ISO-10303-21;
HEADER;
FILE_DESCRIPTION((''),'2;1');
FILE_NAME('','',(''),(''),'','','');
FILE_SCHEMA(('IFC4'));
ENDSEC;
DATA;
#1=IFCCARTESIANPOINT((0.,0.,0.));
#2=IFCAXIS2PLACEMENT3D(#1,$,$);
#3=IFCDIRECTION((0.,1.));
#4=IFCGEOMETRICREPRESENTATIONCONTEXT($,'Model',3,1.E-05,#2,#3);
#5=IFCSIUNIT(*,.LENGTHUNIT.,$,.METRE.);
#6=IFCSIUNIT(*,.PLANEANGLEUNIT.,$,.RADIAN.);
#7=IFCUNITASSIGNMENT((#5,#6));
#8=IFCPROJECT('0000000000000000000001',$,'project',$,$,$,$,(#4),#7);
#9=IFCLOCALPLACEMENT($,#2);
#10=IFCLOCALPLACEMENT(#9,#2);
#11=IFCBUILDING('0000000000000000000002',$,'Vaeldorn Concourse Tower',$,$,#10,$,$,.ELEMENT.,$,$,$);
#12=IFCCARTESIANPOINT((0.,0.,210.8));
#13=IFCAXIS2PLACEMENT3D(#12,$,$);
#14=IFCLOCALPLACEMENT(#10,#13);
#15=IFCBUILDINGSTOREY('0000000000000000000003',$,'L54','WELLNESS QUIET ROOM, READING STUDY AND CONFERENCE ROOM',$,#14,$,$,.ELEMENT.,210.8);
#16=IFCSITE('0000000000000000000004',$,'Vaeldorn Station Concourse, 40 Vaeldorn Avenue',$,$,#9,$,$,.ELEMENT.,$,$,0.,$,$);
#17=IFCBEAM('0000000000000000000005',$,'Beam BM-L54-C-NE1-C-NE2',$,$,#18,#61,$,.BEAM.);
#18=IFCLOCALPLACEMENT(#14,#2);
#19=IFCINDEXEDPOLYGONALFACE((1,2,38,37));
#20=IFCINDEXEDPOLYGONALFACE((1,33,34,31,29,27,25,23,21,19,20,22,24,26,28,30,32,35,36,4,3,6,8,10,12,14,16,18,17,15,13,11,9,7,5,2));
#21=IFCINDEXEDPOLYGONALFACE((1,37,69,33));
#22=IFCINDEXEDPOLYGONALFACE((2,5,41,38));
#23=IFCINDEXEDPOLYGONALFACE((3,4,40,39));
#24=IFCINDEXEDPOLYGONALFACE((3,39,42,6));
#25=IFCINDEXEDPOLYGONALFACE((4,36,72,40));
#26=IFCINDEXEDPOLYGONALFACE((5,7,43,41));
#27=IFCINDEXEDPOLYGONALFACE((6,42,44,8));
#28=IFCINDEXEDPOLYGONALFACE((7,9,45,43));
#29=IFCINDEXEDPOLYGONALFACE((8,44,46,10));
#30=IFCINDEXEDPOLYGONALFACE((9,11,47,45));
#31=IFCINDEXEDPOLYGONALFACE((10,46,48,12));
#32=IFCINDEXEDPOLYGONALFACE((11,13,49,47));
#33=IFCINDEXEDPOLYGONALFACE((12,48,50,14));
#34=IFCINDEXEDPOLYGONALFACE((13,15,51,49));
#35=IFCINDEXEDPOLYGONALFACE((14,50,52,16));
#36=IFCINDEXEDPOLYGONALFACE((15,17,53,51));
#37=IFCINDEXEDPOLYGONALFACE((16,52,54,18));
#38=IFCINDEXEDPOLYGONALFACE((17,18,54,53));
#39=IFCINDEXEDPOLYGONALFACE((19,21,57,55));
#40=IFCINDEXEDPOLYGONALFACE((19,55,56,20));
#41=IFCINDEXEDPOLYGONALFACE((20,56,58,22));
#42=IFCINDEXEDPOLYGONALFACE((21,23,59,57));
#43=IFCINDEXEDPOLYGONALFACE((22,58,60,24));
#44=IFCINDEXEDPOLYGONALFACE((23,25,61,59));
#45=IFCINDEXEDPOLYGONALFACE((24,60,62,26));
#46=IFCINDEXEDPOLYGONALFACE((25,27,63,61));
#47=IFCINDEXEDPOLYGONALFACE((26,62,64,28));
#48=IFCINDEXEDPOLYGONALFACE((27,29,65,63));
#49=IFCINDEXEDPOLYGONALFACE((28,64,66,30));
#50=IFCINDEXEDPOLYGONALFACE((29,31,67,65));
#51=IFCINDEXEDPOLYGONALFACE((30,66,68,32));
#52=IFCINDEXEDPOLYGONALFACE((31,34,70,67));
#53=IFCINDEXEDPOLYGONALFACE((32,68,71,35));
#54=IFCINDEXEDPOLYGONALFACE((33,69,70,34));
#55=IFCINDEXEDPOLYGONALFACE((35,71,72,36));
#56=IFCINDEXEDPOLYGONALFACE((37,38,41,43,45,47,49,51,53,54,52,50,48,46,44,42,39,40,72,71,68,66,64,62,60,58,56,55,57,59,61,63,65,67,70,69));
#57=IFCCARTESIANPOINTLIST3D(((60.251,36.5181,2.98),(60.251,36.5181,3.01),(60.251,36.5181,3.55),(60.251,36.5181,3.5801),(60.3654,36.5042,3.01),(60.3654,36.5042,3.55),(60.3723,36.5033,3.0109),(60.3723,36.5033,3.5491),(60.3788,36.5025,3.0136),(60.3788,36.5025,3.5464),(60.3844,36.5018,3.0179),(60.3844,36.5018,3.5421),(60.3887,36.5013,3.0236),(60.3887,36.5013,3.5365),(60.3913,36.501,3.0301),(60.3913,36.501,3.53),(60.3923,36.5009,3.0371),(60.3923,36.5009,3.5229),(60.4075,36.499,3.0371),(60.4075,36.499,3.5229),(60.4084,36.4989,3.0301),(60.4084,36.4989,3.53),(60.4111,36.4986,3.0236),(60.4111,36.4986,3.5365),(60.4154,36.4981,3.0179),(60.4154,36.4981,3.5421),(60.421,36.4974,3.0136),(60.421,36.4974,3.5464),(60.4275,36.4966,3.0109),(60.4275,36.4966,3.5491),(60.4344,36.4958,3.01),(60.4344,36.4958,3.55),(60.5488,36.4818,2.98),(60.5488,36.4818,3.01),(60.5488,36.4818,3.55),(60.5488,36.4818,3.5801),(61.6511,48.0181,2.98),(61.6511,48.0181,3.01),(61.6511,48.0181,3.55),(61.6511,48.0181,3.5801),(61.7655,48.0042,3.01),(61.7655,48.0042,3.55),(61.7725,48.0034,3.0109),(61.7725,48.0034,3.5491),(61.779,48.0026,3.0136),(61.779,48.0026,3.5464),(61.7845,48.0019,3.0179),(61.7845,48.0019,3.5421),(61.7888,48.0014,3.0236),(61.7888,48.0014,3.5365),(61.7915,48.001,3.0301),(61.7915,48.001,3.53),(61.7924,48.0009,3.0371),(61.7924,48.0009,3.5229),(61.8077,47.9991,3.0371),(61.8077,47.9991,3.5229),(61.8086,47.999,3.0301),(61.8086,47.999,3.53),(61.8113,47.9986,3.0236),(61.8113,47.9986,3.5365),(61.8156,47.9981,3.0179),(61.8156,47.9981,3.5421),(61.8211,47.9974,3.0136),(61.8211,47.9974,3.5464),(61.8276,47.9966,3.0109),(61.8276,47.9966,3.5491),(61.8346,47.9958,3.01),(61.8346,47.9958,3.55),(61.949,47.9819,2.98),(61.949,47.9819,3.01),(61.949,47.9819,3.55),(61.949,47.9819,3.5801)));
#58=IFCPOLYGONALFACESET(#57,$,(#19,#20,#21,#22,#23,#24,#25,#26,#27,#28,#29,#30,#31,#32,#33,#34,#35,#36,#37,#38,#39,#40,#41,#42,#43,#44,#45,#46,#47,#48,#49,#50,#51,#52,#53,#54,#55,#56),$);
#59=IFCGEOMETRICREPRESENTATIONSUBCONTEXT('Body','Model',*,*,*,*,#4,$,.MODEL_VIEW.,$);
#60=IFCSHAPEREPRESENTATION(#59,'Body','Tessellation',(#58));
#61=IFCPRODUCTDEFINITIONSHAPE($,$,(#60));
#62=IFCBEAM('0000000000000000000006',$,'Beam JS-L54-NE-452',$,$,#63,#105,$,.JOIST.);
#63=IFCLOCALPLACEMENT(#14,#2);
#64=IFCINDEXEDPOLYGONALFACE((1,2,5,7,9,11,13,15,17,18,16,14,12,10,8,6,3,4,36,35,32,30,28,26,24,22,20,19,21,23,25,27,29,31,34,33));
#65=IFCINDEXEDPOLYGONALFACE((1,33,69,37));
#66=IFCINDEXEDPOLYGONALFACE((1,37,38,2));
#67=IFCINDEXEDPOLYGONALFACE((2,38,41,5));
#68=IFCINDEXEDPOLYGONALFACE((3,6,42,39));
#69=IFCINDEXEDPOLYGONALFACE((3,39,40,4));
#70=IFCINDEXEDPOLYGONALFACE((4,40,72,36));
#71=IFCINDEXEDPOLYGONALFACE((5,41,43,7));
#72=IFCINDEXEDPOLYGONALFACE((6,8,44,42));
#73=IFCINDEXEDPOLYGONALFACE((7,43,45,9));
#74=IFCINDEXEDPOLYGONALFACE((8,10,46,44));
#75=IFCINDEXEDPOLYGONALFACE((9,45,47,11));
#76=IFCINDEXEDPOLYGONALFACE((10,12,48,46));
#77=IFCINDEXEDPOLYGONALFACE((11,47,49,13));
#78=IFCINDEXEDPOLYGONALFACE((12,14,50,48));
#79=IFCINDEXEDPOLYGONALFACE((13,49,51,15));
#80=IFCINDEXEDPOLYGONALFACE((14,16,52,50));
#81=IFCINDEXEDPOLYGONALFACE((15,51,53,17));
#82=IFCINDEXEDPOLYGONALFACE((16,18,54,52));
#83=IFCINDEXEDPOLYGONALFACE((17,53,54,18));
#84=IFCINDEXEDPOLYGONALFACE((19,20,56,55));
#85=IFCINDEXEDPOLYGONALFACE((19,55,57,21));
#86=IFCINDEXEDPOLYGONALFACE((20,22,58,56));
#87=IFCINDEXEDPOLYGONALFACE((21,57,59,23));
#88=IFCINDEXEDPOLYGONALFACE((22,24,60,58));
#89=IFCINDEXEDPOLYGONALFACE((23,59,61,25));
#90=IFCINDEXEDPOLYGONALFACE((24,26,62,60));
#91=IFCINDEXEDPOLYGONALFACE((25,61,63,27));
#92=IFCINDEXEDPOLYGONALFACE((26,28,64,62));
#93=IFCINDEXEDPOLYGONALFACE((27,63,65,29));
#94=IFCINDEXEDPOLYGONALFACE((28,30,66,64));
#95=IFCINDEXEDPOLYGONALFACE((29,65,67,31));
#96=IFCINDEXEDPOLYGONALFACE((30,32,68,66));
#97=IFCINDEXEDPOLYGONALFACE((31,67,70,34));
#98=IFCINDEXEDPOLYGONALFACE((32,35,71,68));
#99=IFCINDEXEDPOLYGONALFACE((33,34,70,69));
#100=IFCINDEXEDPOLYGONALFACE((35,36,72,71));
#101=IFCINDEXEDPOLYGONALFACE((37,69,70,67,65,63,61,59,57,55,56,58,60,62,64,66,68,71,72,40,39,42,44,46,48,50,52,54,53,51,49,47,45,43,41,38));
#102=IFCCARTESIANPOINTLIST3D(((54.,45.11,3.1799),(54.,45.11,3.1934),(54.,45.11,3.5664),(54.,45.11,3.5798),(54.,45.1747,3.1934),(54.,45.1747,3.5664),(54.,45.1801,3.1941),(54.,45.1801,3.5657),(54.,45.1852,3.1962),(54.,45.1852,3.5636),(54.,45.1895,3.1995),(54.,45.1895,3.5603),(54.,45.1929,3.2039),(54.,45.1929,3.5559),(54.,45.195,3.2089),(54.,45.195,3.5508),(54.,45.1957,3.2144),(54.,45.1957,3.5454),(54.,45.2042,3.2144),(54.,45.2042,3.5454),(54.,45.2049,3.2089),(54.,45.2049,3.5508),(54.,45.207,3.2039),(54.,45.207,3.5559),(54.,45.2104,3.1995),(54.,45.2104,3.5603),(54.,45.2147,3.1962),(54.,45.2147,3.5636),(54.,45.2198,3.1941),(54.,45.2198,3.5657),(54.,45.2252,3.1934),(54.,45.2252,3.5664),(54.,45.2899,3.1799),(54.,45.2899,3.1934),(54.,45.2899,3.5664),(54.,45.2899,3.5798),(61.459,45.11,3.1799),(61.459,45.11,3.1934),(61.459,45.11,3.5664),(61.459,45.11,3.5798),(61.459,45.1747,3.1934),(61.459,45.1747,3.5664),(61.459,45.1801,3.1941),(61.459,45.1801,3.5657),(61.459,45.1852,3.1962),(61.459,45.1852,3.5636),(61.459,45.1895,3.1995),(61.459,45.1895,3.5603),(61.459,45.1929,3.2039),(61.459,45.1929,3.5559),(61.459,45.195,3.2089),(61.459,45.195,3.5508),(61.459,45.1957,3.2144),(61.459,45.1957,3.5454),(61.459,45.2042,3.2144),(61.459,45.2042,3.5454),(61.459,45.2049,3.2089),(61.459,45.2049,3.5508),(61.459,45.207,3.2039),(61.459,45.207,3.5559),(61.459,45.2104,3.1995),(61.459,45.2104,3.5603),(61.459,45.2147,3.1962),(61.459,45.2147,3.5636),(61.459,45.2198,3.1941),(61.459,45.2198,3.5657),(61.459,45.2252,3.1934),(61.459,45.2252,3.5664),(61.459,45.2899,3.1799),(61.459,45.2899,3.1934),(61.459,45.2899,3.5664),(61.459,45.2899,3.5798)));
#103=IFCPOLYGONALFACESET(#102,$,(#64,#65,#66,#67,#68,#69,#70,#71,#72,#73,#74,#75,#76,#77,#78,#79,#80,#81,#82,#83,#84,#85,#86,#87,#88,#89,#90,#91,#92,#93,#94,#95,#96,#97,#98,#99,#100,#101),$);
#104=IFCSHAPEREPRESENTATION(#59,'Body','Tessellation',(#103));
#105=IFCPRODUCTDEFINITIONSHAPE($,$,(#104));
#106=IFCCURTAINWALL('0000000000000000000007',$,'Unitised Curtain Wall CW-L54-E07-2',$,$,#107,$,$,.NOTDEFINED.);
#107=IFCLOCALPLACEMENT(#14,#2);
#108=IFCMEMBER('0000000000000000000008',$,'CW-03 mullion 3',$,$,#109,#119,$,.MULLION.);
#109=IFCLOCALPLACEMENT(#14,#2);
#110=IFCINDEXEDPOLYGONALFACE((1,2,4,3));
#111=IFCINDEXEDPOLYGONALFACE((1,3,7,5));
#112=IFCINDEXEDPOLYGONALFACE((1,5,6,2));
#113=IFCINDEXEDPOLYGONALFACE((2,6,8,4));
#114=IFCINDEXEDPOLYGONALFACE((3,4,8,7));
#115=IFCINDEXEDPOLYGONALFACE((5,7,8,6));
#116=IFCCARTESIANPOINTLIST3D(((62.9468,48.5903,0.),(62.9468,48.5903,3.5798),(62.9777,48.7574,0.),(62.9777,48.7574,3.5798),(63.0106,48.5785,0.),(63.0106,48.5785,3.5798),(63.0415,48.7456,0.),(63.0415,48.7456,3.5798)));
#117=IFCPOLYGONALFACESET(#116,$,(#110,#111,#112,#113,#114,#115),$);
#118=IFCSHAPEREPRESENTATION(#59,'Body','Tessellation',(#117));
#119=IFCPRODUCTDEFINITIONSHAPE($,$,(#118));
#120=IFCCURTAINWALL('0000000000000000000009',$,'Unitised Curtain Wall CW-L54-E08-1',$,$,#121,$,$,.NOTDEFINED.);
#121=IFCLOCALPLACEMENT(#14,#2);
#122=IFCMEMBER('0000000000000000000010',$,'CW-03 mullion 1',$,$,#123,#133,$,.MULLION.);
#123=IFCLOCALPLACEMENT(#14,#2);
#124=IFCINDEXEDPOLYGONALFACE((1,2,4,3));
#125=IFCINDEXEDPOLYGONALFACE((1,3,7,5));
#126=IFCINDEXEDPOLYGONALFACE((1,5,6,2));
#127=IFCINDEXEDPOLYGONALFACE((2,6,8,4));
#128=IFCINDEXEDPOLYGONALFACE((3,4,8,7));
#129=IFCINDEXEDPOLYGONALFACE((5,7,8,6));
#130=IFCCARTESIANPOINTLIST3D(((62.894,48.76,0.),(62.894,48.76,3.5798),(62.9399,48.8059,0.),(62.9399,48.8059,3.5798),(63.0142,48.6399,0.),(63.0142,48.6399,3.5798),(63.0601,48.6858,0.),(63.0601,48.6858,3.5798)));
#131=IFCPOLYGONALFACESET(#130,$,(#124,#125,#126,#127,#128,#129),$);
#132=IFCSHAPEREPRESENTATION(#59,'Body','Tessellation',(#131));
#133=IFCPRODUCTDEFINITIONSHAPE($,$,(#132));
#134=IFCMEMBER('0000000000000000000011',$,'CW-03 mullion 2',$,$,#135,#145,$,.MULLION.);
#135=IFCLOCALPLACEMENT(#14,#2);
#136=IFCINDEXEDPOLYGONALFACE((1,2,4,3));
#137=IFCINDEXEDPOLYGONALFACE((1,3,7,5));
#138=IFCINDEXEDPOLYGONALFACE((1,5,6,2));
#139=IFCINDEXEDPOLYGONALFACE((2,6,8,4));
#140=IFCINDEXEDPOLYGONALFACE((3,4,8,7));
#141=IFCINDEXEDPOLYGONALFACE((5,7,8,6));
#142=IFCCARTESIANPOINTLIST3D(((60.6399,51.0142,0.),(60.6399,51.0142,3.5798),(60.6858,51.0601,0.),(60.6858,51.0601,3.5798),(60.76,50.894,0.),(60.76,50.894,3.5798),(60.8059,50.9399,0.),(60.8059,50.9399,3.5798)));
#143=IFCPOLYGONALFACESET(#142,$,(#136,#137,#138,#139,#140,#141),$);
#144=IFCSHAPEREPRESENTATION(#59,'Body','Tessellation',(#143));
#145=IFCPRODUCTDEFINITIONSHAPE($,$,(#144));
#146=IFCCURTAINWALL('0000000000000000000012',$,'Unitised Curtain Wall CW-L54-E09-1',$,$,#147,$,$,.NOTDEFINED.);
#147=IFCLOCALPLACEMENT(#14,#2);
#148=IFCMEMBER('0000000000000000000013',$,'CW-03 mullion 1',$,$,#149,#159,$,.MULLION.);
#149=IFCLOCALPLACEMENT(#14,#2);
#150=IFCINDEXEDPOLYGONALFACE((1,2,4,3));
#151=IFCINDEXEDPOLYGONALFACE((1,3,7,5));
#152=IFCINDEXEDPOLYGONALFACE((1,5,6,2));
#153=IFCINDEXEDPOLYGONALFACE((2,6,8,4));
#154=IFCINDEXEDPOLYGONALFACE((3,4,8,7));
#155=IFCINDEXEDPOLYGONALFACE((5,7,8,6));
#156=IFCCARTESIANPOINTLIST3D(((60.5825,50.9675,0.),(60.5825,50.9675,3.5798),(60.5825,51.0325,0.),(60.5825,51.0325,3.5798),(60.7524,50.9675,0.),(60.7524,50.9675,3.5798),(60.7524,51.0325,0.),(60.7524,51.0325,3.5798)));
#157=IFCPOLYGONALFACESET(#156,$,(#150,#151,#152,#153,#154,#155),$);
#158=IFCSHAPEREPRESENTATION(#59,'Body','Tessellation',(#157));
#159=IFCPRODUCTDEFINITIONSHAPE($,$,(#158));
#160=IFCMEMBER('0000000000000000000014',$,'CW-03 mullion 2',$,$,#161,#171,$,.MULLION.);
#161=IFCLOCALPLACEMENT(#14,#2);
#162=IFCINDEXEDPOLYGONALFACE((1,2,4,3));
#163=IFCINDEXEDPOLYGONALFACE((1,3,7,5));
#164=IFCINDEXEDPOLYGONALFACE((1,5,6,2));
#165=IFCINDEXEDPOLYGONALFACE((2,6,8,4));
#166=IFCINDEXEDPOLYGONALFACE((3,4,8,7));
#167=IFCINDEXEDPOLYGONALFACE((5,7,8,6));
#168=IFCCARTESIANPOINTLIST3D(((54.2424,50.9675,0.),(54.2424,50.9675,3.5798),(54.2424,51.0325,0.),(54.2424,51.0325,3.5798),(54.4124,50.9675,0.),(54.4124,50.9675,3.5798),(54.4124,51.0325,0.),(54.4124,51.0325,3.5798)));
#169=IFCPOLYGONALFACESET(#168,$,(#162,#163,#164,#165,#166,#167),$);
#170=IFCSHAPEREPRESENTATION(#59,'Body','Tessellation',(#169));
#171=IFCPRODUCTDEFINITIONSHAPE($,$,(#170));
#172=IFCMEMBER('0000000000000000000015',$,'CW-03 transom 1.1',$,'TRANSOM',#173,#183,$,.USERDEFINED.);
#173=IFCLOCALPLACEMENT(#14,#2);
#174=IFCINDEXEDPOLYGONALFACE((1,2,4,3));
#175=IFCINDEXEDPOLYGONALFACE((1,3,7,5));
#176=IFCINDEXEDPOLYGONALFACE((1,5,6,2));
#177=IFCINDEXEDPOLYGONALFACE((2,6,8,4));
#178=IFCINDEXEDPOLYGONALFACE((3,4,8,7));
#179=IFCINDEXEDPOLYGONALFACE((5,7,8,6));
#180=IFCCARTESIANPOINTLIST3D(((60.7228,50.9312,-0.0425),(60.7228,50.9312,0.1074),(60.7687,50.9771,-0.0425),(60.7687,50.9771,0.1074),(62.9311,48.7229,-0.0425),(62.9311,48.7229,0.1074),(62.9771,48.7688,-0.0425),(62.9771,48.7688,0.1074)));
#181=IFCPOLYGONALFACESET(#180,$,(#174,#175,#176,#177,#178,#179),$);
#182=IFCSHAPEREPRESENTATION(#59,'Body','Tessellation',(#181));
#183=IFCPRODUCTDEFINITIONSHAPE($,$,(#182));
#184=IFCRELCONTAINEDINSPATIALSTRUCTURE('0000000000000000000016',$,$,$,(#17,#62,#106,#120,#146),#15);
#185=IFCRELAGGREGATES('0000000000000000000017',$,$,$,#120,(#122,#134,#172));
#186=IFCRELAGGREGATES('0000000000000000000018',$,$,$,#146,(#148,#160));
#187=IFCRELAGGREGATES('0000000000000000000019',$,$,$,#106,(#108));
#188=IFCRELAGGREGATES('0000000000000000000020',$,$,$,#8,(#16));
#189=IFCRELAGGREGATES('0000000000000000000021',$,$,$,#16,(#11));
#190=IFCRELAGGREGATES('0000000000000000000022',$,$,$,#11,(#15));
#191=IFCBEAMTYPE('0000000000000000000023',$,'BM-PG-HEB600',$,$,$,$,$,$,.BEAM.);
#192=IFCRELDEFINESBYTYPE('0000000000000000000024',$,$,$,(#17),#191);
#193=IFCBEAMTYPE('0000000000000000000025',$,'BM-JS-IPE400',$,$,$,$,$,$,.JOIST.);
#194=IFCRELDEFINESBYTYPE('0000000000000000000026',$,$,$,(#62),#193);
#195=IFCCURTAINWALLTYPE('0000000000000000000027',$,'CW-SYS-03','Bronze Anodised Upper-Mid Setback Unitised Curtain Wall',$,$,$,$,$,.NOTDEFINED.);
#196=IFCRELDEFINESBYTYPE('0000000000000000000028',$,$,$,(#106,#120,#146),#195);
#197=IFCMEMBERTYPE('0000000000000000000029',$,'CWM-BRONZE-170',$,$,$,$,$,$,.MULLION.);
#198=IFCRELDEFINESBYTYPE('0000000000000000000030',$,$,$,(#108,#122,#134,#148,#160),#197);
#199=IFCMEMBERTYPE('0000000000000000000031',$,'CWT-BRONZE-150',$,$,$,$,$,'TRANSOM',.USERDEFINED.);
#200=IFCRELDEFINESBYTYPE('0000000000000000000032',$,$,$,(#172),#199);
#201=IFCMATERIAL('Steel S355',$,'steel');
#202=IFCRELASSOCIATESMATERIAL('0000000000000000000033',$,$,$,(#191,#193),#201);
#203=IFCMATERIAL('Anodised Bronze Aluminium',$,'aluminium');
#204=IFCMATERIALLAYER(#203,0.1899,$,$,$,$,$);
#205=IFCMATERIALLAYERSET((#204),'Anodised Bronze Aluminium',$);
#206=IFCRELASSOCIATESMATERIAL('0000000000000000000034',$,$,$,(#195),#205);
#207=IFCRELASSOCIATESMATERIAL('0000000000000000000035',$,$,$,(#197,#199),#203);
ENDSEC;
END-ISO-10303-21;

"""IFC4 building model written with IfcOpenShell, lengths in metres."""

from ifc_helpers import new_model, si_unit, direction, frame, origin, origin_2d, place, context, subcontext, project, spatial, rectangle, i_section, extrude, source, transform, mapped, material, layer, layer_set, material_profile, profile_set, type_object, element, aggregate, save


model = new_model("IFC4")

# Units and contexts
model_context = context("Model", 3, precision=1e-05, world=origin(), true_north=direction((0.0, 1.0)))
body_context = subcontext(model_context, "Body", "Model", "MODEL_VIEW")
ifc_project = project(units=[si_unit("LENGTHUNIT", "METRE"), si_unit("PLANEANGLEUNIT", "RADIAN")], contexts=[model_context])

# Site, building, storey
site_placement = place(None, origin())
site = spatial("IfcSite", under=ifc_project, at=site_placement, Name="Vaeldorn Station Concourse, 40 Vaeldorn Avenue", CompositionType="ELEMENT", RefElevation=0.0)
building_placement = place(site_placement, origin())
building = spatial("IfcBuilding", under=site, at=building_placement, Name="Vaeldorn Concourse Tower", CompositionType="ELEMENT")
storey_placement = place(building_placement, frame((0.0, 0.0, 210.8)))
storey = spatial("IfcBuildingStorey", under=building, at=storey_placement, Name="L54", Description="WELLNESS QUIET ROOM, READING STUDY AND CONFERENCE ROOM", CompositionType="ELEMENT", Elevation=210.8)

# Beams
ifc_material_1 = material(Name="Steel S355", Category="steel")
ifc_material_profile_1 = material_profile(ifc_material_1, i_section(OverallWidth=0.3, OverallDepth=0.6001, WebThickness=0.0154, FlangeThickness=0.03, FilletRadius=0.0271, at=origin_2d()), Name="HEB 600")
ifc_profile_set_1 = profile_set([ifc_material_profile_1], Name="Steel S355")
beam_type_1 = type_object("IfcBeamType", Name="BM-PG-HEB600", PredefinedType="BEAM", material=ifc_profile_set_1)
shared_shape_1 = source(origin(), body_context, "Body", "SweptSolid", [
    extrude(i_section(OverallWidth=0.3, OverallDepth=0.6001, WebThickness=0.0154, FlangeThickness=0.03, FilletRadius=0.0271, at=origin_2d()), origin(), (0.0, 0.0, 1.0), 11.585),
])
beam_1_placement = place(storey_placement, frame((61.8, 48.0, 3.28), z_axis=(-0.120859, -0.99267, 0.0), x_axis=(0.99267, -0.120859, 0.0)))
element("IfcBeam", 1, at=beam_1_placement, inside=storey, type_object=beam_type_1, Name="Beam BM-L54-C-NE1-C-NE2", PredefinedType="BEAM", context=body_context, shape_type="MappedRepresentation", body=[
    mapped(shared_shape_1, transform((0.0, 0.0, 0.0), scale=1.0)),
])
ifc_material_profile_2 = material_profile(ifc_material_1, i_section(OverallWidth=0.1799, OverallDepth=0.3999, WebThickness=0.0085, FlangeThickness=0.0134, FilletRadius=0.021, at=origin_2d()), Name="IPE 400")
ifc_profile_set_2 = profile_set([ifc_material_profile_2], Name="Steel S355")
beam_type_2 = type_object("IfcBeamType", Name="BM-JS-IPE400", PredefinedType="JOIST", material=ifc_profile_set_2)
shared_shape_2 = source(origin(), body_context, "Body", "SweptSolid", [
    extrude(i_section(OverallWidth=0.1799, OverallDepth=0.3999, WebThickness=0.0085, FlangeThickness=0.0134, FilletRadius=0.021, at=origin_2d()), origin(), (0.0, 0.0, 1.0), 7.459),
])
beam_2_placement = place(storey_placement, frame((54.0, 45.2, 3.3799), z_axis=(1.0, 0.0, 0.0), x_axis=(0.0, 1.0, 0.0)))
element("IfcBeam", 2, at=beam_2_placement, inside=storey, type_object=beam_type_2, Name="Beam JS-L54-NE-452", PredefinedType="JOIST", context=body_context, shape_type="MappedRepresentation", body=[
    mapped(shared_shape_2, transform((0.0, 0.0, 0.0), scale=1.0)),
])

# Curtain wall, member
ifc_material_2 = material(Name="Anodised Bronze Aluminium", Category="aluminium")
ifc_layer_1 = layer(ifc_material_2, 0.1899)
ifc_layer_set_1 = layer_set([ifc_layer_1], Name="Anodised Bronze Aluminium")
curtain_wall_type = type_object("IfcCurtainWallType", Name="CW-SYS-03", Description="Bronze Anodised Upper-Mid Setback Unitised Curtain Wall", PredefinedType="NOTDEFINED", material=ifc_layer_set_1)
curtain_wall_1_placement = place(storey_placement, origin())
curtain_wall_1 = element("IfcCurtainWall", 3, at=curtain_wall_1_placement, inside=storey, type_object=curtain_wall_type, Name="Unitised Curtain Wall CW-L54-E07-2", PredefinedType="NOTDEFINED")
ifc_material_profile_3 = material_profile(ifc_material_2, rectangle(XDim=0.0649, YDim=0.1699, at=origin_2d()), Name="CWM 65x170")
ifc_profile_set_3 = profile_set([ifc_material_profile_3], Name="Anodised Bronze Aluminium")
member_type_1 = type_object("IfcMemberType", Name="CWM-BRONZE-170", PredefinedType="MULLION", material=ifc_profile_set_3)
shared_shape_3 = source(origin(), body_context, "Body", "SweptSolid", [
    extrude(rectangle(XDim=0.0649, YDim=0.1699, at=origin_2d()), origin(), (0.0, 0.0, 1.0), 3.5798),
])
member_1_placement = place(storey_placement, frame((62.9941, 48.668, 0.0), z_axis=(0.0, 0.0, 1.0), x_axis=(-0.983319, 0.181888, 0.0)))
member_1 = element("IfcMember", 4, at=member_1_placement, type_object=member_type_1, Name="CW-03 mullion 3", PredefinedType="MULLION", context=body_context, shape_type="MappedRepresentation", body=[
    mapped(shared_shape_3, transform((0.0, 0.0, 0.0), scale=1.0)),
])

# Curtain walls, members
curtain_wall_2_placement = place(storey_placement, origin())
curtain_wall_2 = element("IfcCurtainWall", 5, at=curtain_wall_2_placement, inside=storey, type_object=curtain_wall_type, Name="Unitised Curtain Wall CW-L54-E08-1", PredefinedType="NOTDEFINED")
member_2_placement = place(storey_placement, frame((62.9771, 48.7229, 0.0), z_axis=(0.0, 0.0, 1.0), x_axis=(-0.707107, -0.707107, 0.0)))
member_2 = element("IfcMember", 6, at=member_2_placement, type_object=member_type_1, Name="CW-03 mullion 1", PredefinedType="MULLION", context=body_context, shape_type="MappedRepresentation", body=[
    mapped(shared_shape_3, transform((0.0, 0.0, 0.0), scale=1.0)),
])
member_3_placement = place(storey_placement, frame((60.7229, 50.9771, 0.0), z_axis=(0.0, 0.0, 1.0), x_axis=(-0.707107, -0.707107, 0.0)))
member_3 = element("IfcMember", 7, at=member_3_placement, type_object=member_type_1, Name="CW-03 mullion 2", PredefinedType="MULLION", context=body_context, shape_type="MappedRepresentation", body=[
    mapped(shared_shape_3, transform((0.0, 0.0, 0.0), scale=1.0)),
])
curtain_wall_3_placement = place(storey_placement, origin())
curtain_wall_3 = element("IfcCurtainWall", 8, at=curtain_wall_3_placement, inside=storey, type_object=curtain_wall_type, Name="Unitised Curtain Wall CW-L54-E09-1", PredefinedType="NOTDEFINED")
member_4_placement = place(storey_placement, frame((60.6675, 51.0, 0.0), z_axis=(0.0, 0.0, 1.0), x_axis=(0.0, -1.0, 0.0)))
member_4 = element("IfcMember", 9, at=member_4_placement, type_object=member_type_1, Name="CW-03 mullion 1", PredefinedType="MULLION", context=body_context, shape_type="MappedRepresentation", body=[
    mapped(shared_shape_3, transform((0.0, 0.0, 0.0), scale=1.0)),
])
member_5_placement = place(storey_placement, frame((54.3274, 51.0, 0.0), z_axis=(0.0, 0.0, 1.0), x_axis=(0.0, -1.0, 0.0)))
member_5 = element("IfcMember", 10, at=member_5_placement, type_object=member_type_1, Name="CW-03 mullion 2", PredefinedType="MULLION", context=body_context, shape_type="MappedRepresentation", body=[
    mapped(shared_shape_3, transform((0.0, 0.0, 0.0), scale=1.0)),
])

# Member
ifc_material_profile_4 = material_profile(ifc_material_2, rectangle(XDim=0.0649, YDim=0.1499, at=origin_2d()), Name="CWT 65x150")
ifc_profile_set_4 = profile_set([ifc_material_profile_4], Name="Anodised Bronze Aluminium")
member_type_2 = type_object("IfcMemberType", Name="CWT-BRONZE-150", ElementType="TRANSOM", PredefinedType="USERDEFINED", material=ifc_profile_set_4)
shared_shape_4 = source(origin(), body_context, "Body", "SweptSolid", [
    extrude(rectangle(XDim=0.0649, YDim=0.1499, at=origin_2d()), origin(), (0.0, 0.0, 1.0), 3.123),
])
member_6_placement = place(storey_placement, frame((62.9541, 48.7458, 0.0325), z_axis=(-0.707107, 0.707107, 0.0), x_axis=(-0.707107, -0.707107, 0.0)))
member_6 = element("IfcMember", 11, at=member_6_placement, type_object=member_type_2, Name="CW-03 transom 1.1", ObjectType="TRANSOM", PredefinedType="USERDEFINED", context=body_context, shape_type="MappedRepresentation", body=[
    mapped(shared_shape_4, transform((0.0, 0.0, 0.0), scale=1.0)),
])

aggregate(curtain_wall_2, [member_2, member_3, member_6])
aggregate(curtain_wall_3, [member_4, member_5])
aggregate(curtain_wall_1, [member_1])

save(model, "model.ifc")
